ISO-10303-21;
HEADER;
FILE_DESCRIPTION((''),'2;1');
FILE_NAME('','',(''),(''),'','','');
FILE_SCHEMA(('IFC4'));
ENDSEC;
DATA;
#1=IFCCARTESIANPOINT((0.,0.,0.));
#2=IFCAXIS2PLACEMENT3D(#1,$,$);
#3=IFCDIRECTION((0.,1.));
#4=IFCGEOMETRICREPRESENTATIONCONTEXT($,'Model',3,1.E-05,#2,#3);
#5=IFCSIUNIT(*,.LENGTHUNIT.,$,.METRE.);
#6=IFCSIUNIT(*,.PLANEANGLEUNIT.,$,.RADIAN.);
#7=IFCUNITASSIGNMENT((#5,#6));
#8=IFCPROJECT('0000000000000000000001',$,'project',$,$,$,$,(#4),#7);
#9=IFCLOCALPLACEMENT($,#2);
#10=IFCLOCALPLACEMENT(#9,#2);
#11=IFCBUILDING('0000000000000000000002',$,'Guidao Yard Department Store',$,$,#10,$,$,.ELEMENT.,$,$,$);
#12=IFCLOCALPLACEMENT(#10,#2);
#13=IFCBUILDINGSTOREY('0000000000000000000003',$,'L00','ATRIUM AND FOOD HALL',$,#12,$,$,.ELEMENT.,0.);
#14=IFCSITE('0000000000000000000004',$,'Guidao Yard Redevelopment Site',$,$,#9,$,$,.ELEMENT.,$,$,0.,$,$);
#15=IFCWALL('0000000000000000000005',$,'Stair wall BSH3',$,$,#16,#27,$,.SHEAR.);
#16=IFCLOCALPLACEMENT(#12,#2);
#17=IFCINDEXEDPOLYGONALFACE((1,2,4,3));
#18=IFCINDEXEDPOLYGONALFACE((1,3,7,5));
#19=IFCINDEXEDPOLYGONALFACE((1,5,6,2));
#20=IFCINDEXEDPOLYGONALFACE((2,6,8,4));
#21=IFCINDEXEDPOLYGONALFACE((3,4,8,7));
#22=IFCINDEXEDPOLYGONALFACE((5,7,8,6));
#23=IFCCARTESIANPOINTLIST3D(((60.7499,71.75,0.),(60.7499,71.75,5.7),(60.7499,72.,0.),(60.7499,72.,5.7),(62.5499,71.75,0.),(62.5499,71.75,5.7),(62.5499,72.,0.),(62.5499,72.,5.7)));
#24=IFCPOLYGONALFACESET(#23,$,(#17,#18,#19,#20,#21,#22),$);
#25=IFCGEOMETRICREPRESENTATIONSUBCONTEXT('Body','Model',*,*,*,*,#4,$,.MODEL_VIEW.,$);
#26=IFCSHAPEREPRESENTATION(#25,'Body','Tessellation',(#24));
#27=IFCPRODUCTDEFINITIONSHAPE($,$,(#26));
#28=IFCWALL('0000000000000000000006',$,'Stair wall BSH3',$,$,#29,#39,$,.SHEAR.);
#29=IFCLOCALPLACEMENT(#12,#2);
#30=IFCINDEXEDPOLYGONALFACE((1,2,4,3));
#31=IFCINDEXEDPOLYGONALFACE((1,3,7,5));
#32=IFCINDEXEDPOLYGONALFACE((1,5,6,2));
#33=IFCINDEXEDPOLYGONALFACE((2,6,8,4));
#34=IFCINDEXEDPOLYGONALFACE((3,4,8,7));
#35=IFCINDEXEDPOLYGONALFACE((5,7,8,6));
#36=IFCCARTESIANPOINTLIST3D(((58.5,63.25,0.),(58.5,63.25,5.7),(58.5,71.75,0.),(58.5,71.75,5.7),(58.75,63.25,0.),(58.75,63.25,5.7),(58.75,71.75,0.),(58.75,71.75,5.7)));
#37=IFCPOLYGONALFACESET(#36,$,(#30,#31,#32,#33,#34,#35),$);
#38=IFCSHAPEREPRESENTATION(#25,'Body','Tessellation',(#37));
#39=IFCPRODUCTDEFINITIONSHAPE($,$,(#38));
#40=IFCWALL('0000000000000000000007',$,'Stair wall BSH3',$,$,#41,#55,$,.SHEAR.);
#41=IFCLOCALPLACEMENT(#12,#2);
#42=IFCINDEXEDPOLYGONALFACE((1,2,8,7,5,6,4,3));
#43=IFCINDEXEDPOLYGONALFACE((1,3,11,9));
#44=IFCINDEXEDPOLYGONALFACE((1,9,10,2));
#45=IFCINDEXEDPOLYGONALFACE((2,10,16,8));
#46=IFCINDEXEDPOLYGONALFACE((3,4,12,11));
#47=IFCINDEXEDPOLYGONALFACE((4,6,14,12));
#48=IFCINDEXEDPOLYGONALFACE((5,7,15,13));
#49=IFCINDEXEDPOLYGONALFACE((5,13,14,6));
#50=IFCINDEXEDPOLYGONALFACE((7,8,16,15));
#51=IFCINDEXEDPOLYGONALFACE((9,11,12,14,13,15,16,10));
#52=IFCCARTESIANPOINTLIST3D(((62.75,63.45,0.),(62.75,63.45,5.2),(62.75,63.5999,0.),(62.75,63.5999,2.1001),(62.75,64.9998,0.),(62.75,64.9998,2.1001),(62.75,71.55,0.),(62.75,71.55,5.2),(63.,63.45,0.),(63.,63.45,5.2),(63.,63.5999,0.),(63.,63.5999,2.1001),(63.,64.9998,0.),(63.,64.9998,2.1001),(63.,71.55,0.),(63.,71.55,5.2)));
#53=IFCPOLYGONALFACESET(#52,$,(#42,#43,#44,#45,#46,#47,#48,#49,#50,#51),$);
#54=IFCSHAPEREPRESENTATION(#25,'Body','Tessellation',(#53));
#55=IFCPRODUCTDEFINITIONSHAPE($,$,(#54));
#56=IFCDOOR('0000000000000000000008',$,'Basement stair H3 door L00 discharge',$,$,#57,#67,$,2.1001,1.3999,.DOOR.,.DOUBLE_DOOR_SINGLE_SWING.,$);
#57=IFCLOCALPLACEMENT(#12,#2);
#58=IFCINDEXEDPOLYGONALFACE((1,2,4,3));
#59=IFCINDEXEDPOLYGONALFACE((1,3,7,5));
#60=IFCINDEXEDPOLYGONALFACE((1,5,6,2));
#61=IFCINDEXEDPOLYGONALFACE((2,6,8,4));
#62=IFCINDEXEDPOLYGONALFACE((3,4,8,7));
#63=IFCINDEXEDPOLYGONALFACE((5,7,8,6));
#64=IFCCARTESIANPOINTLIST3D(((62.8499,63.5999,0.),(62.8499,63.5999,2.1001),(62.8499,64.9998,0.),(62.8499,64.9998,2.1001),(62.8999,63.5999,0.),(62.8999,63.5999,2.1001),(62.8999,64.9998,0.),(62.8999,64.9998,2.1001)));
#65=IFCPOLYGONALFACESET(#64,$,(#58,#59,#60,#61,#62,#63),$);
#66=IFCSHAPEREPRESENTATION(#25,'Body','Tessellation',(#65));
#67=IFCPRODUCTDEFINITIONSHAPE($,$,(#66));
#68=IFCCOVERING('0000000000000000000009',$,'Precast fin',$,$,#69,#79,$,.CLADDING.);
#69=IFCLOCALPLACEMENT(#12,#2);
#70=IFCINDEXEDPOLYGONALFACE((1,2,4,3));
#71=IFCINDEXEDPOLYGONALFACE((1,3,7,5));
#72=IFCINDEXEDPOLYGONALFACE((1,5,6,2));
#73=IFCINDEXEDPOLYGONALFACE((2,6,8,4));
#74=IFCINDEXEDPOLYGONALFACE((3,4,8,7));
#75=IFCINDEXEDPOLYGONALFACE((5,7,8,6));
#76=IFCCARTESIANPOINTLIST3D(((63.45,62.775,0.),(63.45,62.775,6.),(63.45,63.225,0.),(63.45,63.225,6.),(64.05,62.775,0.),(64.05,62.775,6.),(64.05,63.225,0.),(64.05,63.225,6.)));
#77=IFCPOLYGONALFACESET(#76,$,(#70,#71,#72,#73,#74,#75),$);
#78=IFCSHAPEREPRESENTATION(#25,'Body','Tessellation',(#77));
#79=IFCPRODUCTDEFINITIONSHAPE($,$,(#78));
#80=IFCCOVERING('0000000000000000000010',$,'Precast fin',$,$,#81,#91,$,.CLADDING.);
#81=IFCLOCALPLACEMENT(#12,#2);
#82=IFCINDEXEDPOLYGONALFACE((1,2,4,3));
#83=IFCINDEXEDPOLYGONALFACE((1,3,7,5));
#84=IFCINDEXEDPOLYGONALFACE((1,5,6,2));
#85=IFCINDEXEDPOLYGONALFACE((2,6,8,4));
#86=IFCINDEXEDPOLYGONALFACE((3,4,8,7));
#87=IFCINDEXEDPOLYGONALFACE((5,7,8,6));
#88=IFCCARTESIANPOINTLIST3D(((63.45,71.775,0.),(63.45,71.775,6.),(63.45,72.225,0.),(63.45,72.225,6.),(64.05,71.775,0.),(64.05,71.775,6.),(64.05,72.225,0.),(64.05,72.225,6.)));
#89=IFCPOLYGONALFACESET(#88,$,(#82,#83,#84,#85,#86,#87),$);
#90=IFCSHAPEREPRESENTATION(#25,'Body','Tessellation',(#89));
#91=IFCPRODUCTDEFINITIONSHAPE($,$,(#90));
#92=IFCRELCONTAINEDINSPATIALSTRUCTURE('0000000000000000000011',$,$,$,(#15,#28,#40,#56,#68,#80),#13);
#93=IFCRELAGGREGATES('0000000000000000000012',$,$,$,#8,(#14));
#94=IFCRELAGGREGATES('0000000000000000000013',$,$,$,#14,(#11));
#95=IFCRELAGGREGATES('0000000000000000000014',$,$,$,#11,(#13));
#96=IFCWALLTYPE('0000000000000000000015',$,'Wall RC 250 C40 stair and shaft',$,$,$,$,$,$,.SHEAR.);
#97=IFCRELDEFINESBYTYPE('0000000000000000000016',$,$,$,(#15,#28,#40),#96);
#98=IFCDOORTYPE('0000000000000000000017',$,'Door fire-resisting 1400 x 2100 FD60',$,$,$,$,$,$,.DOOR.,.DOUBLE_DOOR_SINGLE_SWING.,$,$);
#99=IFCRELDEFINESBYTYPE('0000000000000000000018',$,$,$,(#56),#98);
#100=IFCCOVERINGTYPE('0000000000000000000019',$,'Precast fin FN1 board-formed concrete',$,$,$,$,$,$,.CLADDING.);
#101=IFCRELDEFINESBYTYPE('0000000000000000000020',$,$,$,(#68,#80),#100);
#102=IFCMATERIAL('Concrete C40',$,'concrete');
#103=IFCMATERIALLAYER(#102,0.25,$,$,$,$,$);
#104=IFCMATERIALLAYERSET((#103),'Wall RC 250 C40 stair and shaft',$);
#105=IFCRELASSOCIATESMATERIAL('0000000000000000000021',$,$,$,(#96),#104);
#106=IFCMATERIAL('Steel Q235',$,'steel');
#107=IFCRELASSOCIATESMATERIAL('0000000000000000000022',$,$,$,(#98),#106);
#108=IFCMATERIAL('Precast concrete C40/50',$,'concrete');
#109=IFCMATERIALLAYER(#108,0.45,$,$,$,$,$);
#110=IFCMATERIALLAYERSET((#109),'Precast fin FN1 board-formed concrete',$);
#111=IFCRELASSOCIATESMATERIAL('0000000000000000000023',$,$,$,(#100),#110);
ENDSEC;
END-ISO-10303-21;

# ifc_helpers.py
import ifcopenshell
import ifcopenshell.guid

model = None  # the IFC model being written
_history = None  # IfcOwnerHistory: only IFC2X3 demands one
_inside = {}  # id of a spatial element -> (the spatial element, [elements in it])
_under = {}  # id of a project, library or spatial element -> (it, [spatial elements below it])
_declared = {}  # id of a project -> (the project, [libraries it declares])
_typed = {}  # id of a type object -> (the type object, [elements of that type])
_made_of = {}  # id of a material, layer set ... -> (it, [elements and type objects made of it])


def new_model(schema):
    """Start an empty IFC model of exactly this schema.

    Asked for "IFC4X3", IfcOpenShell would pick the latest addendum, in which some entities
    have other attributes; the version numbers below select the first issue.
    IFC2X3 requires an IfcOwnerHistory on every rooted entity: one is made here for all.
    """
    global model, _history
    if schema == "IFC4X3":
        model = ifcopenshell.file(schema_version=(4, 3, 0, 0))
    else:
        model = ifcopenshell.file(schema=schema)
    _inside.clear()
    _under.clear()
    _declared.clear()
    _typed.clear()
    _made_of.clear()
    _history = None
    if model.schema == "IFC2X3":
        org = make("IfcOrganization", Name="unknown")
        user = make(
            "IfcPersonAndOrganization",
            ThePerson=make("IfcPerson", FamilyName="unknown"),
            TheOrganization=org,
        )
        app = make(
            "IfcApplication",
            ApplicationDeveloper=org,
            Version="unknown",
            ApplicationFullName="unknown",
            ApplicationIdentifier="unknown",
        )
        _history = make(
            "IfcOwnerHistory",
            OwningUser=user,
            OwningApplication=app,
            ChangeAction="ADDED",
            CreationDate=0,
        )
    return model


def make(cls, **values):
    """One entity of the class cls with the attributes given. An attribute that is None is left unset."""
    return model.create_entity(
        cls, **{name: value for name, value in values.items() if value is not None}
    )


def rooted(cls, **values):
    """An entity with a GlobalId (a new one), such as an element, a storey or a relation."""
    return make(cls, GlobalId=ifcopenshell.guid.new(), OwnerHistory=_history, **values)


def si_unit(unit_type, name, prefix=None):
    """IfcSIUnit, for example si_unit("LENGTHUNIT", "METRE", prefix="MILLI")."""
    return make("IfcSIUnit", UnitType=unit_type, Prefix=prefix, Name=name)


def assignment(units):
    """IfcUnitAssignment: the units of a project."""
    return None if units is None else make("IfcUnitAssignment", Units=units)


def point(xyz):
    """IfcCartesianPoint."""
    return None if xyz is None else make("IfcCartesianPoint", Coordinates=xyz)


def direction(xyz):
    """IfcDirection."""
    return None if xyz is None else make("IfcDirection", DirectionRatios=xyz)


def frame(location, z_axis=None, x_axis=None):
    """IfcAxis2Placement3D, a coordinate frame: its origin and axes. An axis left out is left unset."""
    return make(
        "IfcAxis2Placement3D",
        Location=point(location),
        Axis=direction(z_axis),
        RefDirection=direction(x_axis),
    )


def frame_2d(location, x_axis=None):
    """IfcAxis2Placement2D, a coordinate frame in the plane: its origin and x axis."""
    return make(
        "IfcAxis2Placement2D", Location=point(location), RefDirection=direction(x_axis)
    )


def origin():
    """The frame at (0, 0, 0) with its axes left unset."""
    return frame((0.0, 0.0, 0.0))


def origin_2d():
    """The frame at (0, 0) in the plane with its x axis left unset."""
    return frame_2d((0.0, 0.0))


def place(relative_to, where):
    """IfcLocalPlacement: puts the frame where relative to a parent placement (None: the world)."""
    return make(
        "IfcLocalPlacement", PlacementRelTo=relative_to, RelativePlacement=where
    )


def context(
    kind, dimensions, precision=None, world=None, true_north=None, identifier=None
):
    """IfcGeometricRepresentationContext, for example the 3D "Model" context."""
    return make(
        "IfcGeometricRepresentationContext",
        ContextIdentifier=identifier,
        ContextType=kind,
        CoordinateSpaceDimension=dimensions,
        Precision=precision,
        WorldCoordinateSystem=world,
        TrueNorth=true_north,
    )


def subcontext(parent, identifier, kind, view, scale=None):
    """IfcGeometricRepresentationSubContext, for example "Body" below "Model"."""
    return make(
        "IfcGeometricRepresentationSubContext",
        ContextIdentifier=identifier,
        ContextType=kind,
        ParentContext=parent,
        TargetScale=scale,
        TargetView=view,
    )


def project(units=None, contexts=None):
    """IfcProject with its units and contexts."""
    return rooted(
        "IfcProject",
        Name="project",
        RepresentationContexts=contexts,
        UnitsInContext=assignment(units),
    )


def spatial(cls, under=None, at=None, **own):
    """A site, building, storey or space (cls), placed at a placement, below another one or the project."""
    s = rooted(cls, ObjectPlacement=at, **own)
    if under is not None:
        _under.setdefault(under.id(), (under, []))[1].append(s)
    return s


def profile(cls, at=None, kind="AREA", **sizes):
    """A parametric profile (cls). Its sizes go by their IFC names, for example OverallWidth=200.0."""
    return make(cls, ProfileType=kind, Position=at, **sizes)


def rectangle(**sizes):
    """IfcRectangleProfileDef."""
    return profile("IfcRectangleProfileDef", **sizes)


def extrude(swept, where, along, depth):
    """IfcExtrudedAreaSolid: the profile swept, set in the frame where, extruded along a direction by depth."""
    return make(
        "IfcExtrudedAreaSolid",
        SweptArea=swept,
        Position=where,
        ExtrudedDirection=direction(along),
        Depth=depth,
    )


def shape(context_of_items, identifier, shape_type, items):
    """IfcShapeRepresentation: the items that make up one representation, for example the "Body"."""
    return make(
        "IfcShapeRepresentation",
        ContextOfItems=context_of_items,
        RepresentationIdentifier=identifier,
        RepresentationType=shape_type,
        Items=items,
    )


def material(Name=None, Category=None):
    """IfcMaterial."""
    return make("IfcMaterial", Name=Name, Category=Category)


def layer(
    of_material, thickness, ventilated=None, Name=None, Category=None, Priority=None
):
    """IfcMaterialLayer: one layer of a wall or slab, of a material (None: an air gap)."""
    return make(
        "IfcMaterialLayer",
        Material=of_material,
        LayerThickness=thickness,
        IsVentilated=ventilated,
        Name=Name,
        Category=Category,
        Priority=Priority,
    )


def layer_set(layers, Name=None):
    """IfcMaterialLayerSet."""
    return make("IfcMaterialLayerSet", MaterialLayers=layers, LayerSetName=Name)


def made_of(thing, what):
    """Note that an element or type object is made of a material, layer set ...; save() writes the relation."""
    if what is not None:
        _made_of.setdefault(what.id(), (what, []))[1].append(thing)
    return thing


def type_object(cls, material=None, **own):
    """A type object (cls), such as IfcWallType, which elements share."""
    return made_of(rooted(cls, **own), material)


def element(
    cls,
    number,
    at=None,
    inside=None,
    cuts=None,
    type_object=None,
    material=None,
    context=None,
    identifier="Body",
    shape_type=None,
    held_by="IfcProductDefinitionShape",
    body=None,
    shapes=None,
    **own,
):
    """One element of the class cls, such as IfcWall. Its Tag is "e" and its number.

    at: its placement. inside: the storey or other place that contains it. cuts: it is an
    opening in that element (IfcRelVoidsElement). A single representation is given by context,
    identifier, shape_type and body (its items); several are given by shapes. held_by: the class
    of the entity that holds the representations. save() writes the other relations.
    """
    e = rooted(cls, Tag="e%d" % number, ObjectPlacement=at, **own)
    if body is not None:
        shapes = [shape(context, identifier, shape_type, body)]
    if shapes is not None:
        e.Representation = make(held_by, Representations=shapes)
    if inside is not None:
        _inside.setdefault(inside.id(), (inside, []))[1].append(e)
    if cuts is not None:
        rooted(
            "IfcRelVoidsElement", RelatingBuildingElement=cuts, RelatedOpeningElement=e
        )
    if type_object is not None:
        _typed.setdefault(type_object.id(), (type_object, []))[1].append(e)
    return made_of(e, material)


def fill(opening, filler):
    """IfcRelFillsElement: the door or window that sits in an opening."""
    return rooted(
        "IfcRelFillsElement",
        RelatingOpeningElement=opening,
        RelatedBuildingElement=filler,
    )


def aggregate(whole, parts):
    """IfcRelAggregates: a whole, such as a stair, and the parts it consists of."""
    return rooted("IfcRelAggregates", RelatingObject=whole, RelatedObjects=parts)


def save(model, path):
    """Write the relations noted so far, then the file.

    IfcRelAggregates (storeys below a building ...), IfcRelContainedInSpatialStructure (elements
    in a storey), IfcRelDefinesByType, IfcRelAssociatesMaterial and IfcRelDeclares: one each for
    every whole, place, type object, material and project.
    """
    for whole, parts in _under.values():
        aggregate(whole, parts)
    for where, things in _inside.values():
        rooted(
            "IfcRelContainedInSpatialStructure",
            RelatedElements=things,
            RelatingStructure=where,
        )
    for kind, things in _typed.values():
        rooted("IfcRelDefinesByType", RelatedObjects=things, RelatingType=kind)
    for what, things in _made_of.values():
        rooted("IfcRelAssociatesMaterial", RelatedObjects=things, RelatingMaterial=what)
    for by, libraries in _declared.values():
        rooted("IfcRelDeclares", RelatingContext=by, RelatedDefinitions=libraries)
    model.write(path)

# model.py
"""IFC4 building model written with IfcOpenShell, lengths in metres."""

from ifc_helpers import new_model, si_unit, direction, frame, frame_2d, origin, origin_2d, place, context, subcontext, project, spatial, rectangle, extrude, material, layer, layer_set, type_object, element, fill, save


model = new_model("IFC4")

# Units and contexts
model_context = context("Model", 3, precision=1e-05, world=origin(), true_north=direction((0.0, 1.0)))
body_context = subcontext(model_context, "Body", "Model", "MODEL_VIEW")
ifc_project = project(units=[si_unit("LENGTHUNIT", "METRE"), si_unit("PLANEANGLEUNIT", "RADIAN")], contexts=[model_context])

# Site, building, storey
site_placement = place(None, origin())
site = spatial("IfcSite", under=ifc_project, at=site_placement, Name="Guidao Yard Redevelopment Site", CompositionType="ELEMENT", RefElevation=0.0)
building_placement = place(site_placement, origin())
building = spatial("IfcBuilding", under=site, at=building_placement, Name="Guidao Yard Department Store", CompositionType="ELEMENT")
storey_placement = place(building_placement, origin())
storey = spatial("IfcBuildingStorey", under=building, at=storey_placement, Name="L00", Description="ATRIUM AND FOOD HALL", CompositionType="ELEMENT", Elevation=0.0)

# Walls
ifc_material_1 = material(Name="Concrete C40", Category="concrete")
ifc_layer_1 = layer(ifc_material_1, 0.25)
ifc_layer_set_1 = layer_set([ifc_layer_1], Name="Wall RC 250 C40 stair and shaft")
wall_type_1 = type_object("IfcWallType", Name="Wall RC 250 C40 stair and shaft", PredefinedType="SHEAR", material=ifc_layer_set_1)
wall_1_placement = place(storey_placement, frame((60.75, 71.875, 0.0), z_axis=(0.0, 0.0, 1.0), x_axis=(1.0, 0.0, 0.0)))
element("IfcWall", 1, at=wall_1_placement, inside=storey, type_object=wall_type_1, Name="Stair wall BSH3", PredefinedType="SHEAR", context=body_context, shape_type="SweptSolid", body=[
    extrude(rectangle(XDim=1.8, YDim=0.25, at=frame_2d((0.8999, 0.0))), origin(), (0.0, 0.0, 1.0), 5.7),
])
wall_2_placement = place(storey_placement, frame((58.625, 63.25, 0.0), z_axis=(0.0, 0.0, 1.0), x_axis=(0.0, 1.0, 0.0)))
element("IfcWall", 2, at=wall_2_placement, inside=storey, type_object=wall_type_1, Name="Stair wall BSH3", PredefinedType="SHEAR", context=body_context, shape_type="SweptSolid", body=[
    extrude(rectangle(XDim=8.5, YDim=0.25, at=frame_2d((4.25, 0.0))), origin(), (0.0, 0.0, 1.0), 5.7),
])

# Wall, opening, door
wall_3_placement = place(storey_placement, frame((62.875, 63.45, 0.0), z_axis=(0.0, 0.0, 1.0), x_axis=(0.0, 1.0, 0.0)))
wall_3 = element("IfcWall", 3, at=wall_3_placement, inside=storey, type_object=wall_type_1, Name="Stair wall BSH3", PredefinedType="SHEAR", context=body_context, shape_type="SweptSolid", body=[
    extrude(rectangle(XDim=8.1001, YDim=0.25, at=frame_2d((4.05, 0.0))), origin(), (0.0, 0.0, 1.0), 5.2),
])
opening_placement = place(wall_3_placement, frame((1.5498, 0.0, 0.0), z_axis=(0.0, 0.0, 1.0), x_axis=(-1.0, 0.0, 0.0)))
opening = element("IfcOpeningElement", 4, at=opening_placement, cuts=wall_3, PredefinedType="OPENING", context=body_context, shape_type="SweptSolid", body=[
    extrude(rectangle(XDim=1.3999, YDim=2.1001, at=frame_2d((0.7, 1.05))), frame((0.0, 0.135, 0.0), z_axis=(0.0, -1.0, 0.0), x_axis=(1.0, 0.0, 0.0)), (0.0, 0.0, 1.0), 0.27),
])
ifc_material_2 = material(Name="Steel Q235", Category="steel")
door_type = type_object("IfcDoorType", Name="Door fire-resisting 1400 x 2100 FD60", OperationType="DOUBLE_DOOR_SINGLE_SWING", PredefinedType="DOOR", material=ifc_material_2)
door_placement = place(opening_placement, origin())
door = element("IfcDoor", 5, at=door_placement, inside=storey, type_object=door_type, Name="Basement stair H3 door L00 discharge", OperationType="DOUBLE_DOOR_SINGLE_SWING", OverallHeight=2.1001, OverallWidth=1.3999, PredefinedType="DOOR", context=body_context, shape_type="SweptSolid", body=[
    extrude(rectangle(XDim=1.3999, YDim=2.1001, at=frame_2d((0.7, 1.05))), frame((0.0, 0.0249, 0.0), z_axis=(0.0, -1.0, 0.0), x_axis=(1.0, 0.0, 0.0)), (0.0, 0.0, 1.0), 0.05),
])
fill(opening, door)

# Coverings
ifc_material_3 = material(Name="Precast concrete C40/50", Category="concrete")
ifc_layer_2 = layer(ifc_material_3, 0.45)
ifc_layer_set_2 = layer_set([ifc_layer_2], Name="Precast fin FN1 board-formed concrete")
covering_type = type_object("IfcCoveringType", Name="Precast fin FN1 board-formed concrete", PredefinedType="CLADDING", material=ifc_layer_set_2)
for number, where, z_axis, x_axis, name in (
    (6, (63.75, 63.0, 0.0), (0.0, 0.0, 1.0), (0.0, -1.0, 0.0), "Precast fin"),
    (7, (63.75, 72.0, 0.0), (0.0, 0.0, 1.0), (0.0, -1.0, 0.0), "Precast fin"),
):
    element("IfcCovering", number, at=place(storey_placement, frame(where, z_axis=z_axis, x_axis=x_axis)), inside=storey, type_object=covering_type, Name=name, PredefinedType="CLADDING", context=body_context, shape_type="SweptSolid", body=[
        extrude(rectangle(XDim=0.45, YDim=0.6001, at=origin_2d()), origin(), (0.0, 0.0, 1.0), 6.0),
    ])

save(model, "model.ifc")
